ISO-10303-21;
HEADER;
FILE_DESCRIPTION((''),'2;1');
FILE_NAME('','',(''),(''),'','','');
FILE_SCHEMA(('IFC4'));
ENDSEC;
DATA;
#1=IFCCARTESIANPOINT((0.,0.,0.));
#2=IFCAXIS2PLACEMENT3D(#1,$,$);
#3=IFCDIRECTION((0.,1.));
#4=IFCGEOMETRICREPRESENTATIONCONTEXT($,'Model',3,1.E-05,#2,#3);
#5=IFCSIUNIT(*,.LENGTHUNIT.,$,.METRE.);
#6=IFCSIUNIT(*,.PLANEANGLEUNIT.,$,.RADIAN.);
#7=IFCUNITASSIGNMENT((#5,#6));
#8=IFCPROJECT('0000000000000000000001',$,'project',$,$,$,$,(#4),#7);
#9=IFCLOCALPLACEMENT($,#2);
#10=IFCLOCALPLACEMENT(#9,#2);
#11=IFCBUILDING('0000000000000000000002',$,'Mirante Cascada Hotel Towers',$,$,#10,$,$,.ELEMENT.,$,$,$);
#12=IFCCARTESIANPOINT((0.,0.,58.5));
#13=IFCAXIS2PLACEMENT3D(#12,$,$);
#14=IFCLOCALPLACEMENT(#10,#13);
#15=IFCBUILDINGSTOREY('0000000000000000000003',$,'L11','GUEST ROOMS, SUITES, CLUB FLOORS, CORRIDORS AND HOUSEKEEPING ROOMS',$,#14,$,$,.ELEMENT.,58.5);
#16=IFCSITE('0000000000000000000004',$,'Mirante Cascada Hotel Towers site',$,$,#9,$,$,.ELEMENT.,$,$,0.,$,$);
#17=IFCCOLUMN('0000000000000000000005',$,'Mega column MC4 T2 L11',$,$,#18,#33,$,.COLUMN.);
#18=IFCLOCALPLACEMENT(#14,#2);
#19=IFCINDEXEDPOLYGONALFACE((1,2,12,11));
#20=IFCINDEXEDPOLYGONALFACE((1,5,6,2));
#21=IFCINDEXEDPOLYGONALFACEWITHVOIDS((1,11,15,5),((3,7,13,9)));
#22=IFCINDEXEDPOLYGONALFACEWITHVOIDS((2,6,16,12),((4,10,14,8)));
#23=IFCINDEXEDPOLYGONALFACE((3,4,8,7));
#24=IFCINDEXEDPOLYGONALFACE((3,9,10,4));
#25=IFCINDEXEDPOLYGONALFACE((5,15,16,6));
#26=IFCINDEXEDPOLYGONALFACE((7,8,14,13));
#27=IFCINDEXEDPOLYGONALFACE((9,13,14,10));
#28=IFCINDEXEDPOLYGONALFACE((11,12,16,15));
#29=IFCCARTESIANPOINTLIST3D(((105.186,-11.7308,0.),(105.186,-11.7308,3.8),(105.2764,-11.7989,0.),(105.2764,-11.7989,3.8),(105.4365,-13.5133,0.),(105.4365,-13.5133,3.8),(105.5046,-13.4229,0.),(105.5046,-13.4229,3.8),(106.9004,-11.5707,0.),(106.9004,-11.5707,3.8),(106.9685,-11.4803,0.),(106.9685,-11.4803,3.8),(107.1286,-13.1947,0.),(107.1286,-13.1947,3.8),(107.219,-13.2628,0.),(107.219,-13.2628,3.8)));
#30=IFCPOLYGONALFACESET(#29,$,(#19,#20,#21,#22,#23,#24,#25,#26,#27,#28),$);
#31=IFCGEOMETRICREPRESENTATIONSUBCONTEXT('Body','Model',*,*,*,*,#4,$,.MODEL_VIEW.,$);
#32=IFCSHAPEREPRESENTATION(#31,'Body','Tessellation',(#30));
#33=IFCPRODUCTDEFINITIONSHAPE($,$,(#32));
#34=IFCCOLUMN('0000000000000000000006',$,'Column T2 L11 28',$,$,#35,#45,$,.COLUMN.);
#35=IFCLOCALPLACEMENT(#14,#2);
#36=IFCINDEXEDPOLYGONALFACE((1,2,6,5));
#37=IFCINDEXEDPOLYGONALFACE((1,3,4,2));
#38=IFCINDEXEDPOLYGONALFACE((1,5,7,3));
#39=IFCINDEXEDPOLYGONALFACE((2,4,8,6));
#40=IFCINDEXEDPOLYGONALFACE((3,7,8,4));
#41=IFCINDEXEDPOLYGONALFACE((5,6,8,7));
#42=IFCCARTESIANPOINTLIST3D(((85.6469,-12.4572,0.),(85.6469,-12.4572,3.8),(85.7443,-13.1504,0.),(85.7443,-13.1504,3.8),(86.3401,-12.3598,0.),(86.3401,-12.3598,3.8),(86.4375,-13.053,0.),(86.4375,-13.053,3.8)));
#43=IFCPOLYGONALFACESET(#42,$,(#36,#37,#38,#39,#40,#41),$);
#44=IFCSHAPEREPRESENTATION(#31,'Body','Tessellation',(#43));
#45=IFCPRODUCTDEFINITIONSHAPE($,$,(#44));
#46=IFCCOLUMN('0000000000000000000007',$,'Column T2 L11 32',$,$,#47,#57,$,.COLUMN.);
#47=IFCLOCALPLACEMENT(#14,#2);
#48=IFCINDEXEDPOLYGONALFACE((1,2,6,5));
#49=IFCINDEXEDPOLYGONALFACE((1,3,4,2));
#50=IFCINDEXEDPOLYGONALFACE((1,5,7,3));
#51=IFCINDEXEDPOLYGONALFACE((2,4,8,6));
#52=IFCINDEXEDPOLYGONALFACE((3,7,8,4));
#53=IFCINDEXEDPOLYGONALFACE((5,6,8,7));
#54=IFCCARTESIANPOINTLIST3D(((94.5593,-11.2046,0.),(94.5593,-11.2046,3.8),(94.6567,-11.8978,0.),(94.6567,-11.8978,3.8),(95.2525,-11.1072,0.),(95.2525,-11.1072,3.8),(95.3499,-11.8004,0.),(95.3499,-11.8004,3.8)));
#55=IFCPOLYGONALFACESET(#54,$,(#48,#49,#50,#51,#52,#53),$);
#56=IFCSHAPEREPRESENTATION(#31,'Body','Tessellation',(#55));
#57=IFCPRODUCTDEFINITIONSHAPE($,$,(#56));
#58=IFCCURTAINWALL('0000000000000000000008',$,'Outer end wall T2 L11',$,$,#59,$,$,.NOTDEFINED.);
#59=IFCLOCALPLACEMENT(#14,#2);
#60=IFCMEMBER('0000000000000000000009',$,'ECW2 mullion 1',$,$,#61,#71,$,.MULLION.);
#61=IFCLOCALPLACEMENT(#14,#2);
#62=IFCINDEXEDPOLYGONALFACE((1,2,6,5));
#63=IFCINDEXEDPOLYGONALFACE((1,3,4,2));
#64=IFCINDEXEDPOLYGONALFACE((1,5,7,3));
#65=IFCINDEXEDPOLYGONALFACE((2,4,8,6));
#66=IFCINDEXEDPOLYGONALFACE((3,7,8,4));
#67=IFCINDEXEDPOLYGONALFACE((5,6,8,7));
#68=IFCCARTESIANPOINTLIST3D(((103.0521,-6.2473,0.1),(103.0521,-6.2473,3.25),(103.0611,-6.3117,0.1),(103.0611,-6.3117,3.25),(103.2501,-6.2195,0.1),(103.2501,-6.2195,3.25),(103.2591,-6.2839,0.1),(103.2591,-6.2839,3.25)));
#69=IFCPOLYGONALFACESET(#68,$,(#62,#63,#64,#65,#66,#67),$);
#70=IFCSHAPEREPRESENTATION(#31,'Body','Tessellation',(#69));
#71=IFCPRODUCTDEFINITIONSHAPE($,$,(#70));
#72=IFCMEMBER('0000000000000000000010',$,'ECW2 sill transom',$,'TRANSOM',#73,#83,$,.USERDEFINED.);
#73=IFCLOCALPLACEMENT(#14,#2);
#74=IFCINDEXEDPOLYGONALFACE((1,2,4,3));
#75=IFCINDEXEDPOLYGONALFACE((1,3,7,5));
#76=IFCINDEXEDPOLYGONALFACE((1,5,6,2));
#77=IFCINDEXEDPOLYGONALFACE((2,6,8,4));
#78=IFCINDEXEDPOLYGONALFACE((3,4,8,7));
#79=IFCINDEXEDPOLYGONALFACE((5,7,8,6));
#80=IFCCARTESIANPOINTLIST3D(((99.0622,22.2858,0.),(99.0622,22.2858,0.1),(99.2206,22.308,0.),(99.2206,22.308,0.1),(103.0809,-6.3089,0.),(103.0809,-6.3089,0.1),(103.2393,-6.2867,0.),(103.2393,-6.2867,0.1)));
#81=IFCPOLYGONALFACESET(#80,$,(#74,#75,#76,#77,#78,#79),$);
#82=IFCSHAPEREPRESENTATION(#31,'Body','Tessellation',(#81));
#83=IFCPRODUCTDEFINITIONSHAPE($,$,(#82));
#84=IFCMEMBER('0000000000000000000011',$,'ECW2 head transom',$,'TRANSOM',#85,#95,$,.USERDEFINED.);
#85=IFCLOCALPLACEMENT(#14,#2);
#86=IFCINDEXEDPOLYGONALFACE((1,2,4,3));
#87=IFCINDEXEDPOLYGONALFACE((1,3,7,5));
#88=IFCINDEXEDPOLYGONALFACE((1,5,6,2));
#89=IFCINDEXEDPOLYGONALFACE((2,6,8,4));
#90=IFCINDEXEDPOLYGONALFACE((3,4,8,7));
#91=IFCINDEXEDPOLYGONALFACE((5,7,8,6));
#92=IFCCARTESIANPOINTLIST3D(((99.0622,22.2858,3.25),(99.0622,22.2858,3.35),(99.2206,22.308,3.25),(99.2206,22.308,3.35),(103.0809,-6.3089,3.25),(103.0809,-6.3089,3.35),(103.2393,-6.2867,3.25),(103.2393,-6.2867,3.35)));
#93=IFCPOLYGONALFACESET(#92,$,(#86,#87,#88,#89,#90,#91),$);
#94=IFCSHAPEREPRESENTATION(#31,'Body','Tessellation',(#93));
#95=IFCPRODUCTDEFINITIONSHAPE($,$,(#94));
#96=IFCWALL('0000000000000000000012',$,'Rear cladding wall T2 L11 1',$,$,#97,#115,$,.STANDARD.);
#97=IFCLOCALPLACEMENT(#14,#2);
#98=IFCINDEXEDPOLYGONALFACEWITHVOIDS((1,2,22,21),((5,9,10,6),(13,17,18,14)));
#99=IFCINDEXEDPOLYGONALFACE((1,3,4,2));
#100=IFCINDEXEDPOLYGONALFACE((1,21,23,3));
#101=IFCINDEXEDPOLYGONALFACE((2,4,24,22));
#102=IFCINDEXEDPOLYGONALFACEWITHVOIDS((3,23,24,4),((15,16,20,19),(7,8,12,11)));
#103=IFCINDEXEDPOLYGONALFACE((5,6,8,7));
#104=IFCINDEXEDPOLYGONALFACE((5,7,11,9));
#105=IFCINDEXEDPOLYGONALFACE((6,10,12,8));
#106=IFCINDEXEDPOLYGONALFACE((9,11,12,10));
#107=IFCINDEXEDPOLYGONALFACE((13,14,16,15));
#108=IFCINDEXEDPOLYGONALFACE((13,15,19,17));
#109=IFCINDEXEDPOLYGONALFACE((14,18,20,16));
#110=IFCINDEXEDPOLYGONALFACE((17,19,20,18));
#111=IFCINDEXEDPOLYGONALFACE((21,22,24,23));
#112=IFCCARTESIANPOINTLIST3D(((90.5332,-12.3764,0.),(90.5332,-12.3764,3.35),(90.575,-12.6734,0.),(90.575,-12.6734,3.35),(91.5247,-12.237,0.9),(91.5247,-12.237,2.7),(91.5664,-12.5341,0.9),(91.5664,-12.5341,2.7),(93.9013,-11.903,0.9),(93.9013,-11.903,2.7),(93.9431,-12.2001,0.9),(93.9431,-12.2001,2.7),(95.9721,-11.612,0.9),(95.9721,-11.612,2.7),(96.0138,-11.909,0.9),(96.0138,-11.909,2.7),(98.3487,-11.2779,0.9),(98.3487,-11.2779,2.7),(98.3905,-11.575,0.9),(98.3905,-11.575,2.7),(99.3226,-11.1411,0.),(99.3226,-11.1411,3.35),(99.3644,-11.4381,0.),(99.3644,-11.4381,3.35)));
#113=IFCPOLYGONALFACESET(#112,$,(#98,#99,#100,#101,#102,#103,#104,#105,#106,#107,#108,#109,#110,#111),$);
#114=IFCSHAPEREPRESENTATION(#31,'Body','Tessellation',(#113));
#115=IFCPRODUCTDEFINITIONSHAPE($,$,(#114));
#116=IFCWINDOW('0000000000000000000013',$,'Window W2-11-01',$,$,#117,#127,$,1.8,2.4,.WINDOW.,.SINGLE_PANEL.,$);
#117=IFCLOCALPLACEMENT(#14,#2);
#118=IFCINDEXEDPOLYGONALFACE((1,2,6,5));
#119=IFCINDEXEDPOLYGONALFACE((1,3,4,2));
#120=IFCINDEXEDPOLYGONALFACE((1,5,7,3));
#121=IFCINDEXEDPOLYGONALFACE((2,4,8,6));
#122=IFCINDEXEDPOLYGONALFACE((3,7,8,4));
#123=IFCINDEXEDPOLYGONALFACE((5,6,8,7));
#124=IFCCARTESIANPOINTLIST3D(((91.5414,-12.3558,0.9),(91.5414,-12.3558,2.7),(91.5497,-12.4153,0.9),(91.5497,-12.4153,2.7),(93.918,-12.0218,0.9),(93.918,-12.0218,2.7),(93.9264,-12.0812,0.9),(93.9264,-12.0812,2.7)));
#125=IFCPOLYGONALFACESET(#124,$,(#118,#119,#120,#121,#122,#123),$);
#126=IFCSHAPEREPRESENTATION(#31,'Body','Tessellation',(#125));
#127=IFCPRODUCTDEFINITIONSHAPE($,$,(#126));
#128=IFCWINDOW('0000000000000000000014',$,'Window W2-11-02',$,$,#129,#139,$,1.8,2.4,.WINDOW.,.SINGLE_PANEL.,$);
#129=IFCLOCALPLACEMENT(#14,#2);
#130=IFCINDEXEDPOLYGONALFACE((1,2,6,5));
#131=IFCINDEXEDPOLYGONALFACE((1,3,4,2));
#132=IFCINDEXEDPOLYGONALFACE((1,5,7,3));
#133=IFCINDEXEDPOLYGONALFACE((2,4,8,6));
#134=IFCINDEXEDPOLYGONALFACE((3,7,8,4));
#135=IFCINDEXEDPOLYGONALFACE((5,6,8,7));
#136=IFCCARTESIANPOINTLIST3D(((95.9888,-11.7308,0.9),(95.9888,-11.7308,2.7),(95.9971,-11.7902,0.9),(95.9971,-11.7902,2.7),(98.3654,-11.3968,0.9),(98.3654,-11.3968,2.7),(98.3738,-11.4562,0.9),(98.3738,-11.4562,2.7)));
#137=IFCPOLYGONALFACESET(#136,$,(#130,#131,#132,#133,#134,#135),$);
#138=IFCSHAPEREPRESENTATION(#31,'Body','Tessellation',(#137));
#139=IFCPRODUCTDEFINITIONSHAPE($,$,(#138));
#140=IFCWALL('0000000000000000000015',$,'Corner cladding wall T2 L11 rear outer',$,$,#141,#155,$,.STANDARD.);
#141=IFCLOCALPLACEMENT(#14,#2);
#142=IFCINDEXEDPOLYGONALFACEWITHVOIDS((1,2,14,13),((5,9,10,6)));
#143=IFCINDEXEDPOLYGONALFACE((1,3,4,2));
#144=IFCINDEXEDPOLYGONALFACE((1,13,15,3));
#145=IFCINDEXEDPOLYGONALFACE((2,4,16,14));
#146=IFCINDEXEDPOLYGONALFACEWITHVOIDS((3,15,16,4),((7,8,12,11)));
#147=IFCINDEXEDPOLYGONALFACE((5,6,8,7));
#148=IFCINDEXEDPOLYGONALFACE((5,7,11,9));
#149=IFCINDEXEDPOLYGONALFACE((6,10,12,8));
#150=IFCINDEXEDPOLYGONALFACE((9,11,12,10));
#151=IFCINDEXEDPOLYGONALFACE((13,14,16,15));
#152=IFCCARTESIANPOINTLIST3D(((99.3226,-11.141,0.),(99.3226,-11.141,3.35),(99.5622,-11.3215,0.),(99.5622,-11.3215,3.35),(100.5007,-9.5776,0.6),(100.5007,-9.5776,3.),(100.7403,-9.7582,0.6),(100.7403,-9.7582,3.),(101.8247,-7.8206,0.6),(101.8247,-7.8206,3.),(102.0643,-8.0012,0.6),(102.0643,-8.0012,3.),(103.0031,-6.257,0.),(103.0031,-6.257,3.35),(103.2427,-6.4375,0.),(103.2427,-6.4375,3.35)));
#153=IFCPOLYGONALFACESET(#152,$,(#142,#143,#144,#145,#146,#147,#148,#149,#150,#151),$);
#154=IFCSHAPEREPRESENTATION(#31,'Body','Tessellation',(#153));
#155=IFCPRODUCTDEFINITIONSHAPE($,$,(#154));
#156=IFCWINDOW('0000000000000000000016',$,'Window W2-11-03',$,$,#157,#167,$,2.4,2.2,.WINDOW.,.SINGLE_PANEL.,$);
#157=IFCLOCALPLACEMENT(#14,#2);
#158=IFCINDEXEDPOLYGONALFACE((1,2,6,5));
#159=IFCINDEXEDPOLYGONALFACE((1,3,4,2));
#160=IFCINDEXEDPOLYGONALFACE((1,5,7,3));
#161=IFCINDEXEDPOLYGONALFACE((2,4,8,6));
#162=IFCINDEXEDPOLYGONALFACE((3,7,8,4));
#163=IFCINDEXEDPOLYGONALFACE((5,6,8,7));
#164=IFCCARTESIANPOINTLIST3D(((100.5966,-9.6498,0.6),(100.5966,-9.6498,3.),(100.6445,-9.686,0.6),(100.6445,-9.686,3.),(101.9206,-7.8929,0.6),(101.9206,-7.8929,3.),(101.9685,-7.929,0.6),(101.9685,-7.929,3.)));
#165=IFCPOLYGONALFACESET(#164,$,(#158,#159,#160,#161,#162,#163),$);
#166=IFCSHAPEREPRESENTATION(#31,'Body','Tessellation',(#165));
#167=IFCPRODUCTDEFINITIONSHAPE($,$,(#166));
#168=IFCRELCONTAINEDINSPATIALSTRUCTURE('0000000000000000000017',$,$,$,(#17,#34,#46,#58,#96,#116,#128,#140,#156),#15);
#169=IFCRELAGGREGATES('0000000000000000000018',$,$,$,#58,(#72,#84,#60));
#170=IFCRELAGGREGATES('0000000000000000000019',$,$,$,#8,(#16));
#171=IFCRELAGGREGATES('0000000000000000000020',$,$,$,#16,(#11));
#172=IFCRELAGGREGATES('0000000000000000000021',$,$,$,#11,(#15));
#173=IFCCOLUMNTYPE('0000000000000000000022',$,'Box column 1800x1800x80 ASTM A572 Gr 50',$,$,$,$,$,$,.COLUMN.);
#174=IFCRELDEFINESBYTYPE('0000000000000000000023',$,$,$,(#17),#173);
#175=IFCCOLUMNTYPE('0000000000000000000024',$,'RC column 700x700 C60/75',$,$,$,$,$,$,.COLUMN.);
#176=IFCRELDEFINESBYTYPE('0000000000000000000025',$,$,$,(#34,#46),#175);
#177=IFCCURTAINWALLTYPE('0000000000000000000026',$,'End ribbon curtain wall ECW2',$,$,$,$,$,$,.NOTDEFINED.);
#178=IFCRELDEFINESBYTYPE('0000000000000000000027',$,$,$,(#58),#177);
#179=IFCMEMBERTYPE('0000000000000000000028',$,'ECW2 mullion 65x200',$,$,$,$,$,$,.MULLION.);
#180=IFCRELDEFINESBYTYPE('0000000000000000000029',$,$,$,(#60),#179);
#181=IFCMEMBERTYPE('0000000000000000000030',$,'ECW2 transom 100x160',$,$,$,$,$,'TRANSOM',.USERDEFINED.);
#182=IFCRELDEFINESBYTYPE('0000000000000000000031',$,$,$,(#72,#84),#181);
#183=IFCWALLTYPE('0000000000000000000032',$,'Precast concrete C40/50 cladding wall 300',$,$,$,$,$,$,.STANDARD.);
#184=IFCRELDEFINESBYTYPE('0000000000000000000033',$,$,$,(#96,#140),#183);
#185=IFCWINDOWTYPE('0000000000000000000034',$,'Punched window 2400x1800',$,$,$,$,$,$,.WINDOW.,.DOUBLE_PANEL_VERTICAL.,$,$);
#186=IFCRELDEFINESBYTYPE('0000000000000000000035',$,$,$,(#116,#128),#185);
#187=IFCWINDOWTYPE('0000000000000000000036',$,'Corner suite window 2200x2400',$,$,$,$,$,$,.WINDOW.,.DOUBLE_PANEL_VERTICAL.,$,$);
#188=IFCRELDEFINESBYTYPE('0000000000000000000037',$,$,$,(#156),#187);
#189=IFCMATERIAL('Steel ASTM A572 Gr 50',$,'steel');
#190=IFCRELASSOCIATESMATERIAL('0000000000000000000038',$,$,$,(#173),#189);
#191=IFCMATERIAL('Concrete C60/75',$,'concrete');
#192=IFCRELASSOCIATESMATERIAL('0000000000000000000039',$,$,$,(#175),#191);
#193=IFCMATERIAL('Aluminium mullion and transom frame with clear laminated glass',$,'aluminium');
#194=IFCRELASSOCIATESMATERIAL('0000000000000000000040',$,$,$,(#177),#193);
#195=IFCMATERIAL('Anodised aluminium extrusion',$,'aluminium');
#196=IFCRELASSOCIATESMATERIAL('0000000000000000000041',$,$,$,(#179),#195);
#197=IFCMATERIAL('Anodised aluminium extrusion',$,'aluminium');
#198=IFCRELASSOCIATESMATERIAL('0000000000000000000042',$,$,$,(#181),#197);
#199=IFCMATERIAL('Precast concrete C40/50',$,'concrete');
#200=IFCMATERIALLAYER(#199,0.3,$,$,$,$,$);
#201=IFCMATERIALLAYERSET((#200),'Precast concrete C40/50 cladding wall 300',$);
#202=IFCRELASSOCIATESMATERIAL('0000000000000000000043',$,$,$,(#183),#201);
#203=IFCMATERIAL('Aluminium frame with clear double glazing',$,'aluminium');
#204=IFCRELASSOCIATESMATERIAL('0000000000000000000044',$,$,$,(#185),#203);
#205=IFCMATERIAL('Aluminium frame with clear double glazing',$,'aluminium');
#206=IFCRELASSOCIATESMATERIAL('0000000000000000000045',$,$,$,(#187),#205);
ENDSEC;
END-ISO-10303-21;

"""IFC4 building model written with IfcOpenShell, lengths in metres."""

from ifc_helpers import new_model, si_unit, direction, frame, frame_2d, origin, origin_2d, place, context, subcontext, project, spatial, rectangle, hollow_rectangle, extrude, material, layer, layer_set, material_profile, profile_set, type_object, element, fill, aggregate, save


model = new_model("IFC4")

# Units and contexts
model_context = context("Model", 3, precision=1e-05, world=origin(), true_north=direction((0.0, 1.0)))
body_context = subcontext(model_context, "Body", "Model", "MODEL_VIEW")
ifc_project = project(units=[si_unit("LENGTHUNIT", "METRE"), si_unit("PLANEANGLEUNIT", "RADIAN")], contexts=[model_context])

# Site, building, storey
site_placement = place(None, origin())
site = spatial("IfcSite", under=ifc_project, at=site_placement, Name="Mirante Cascada Hotel Towers site", CompositionType="ELEMENT", RefElevation=0.0)
building_placement = place(site_placement, origin())
building = spatial("IfcBuilding", under=site, at=building_placement, Name="Mirante Cascada Hotel Towers", CompositionType="ELEMENT")
storey_placement = place(building_placement, frame((0.0, 0.0, 58.5)))
storey = spatial("IfcBuildingStorey", under=building, at=storey_placement, Name="L11", Description="GUEST ROOMS, SUITES, CLUB FLOORS, CORRIDORS AND HOUSEKEEPING ROOMS", CompositionType="ELEMENT", Elevation=58.5)

# Columns
ifc_material_1 = material(Name="Steel ASTM A572 Gr 50", Category="steel")
ifc_material_profile_1 = material_profile(ifc_material_1, hollow_rectangle(XDim=1.8, YDim=1.8, WallThickness=0.08, at=origin_2d()), Name="Box column 1800x1800x80 ASTM A572 Gr 50")
ifc_profile_set_1 = profile_set([ifc_material_profile_1], Name="Steel ASTM A572 Gr 50")
column_type_1 = type_object("IfcColumnType", Name="Box column 1800x1800x80 ASTM A572 Gr 50", PredefinedType="COLUMN", material=ifc_profile_set_1)
column_placement = place(storey_placement, frame((106.2025, -12.4968, 0.0), z_axis=(0.0, 0.0, 1.0), x_axis=(0.990268, 0.139173, 0.0)))
element("IfcColumn", 1, at=column_placement, inside=storey, type_object=column_type_1, Name="Mega column MC4 T2 L11", PredefinedType="COLUMN", context=body_context, shape_type="SweptSolid", body=[
    extrude(hollow_rectangle(XDim=1.8, YDim=1.8, WallThickness=0.08, at=origin_2d()), origin(), (0.0, 0.0, 1.0), 3.8),
])
ifc_material_2 = material(Name="Concrete C60/75", Category="concrete")
ifc_material_profile_2 = material_profile(ifc_material_2, rectangle(XDim=0.7, YDim=0.7, at=origin_2d()), Name="RC column 700x700 C60/75")
ifc_profile_set_2 = profile_set([ifc_material_profile_2], Name="Concrete C60/75")
column_type_2 = type_object("IfcColumnType", Name="RC column 700x700 C60/75", PredefinedType="COLUMN", material=ifc_profile_set_2)
for number, where, z_axis, x_axis, name in (
    (2, (86.0422, -12.7551, 0.0), (0.0, 0.0, 1.0), (0.990268, 0.139173, 0.0), "Column T2 L11 28"),
    (3, (94.9546, -11.5025, 0.0), (0.0, 0.0, 1.0), (0.990268, 0.139173, 0.0), "Column T2 L11 32"),
):
    element("IfcColumn", number, at=place(storey_placement, frame(where, z_axis=z_axis, x_axis=x_axis)), inside=storey, type_object=column_type_2, Name=name, PredefinedType="COLUMN", context=body_context, shape_type="SweptSolid", body=[
        extrude(rectangle(XDim=0.7, YDim=0.7, at=origin_2d()), origin(), (0.0, 0.0, 1.0), 3.8),
    ])

# Curtain wall, members
ifc_material_3 = material(Name="Aluminium mullion and transom frame with clear laminated glass", Category="aluminium")
curtain_wall_type = type_object("IfcCurtainWallType", Name="End ribbon curtain wall ECW2", PredefinedType="NOTDEFINED", material=ifc_material_3)
curtain_wall_placement = place(storey_placement, origin())
curtain_wall = element("IfcCurtainWall", 4, at=curtain_wall_placement, inside=storey, type_object=curtain_wall_type, Name="Outer end wall T2 L11", PredefinedType="NOTDEFINED")
ifc_material_4 = material(Name="Anodised aluminium extrusion", Category="aluminium")
ifc_material_profile_3 = material_profile(ifc_material_4, rectangle(XDim=0.2, YDim=0.065, at=origin_2d()), Name="ECW2 MULLION 65x200")
ifc_profile_set_3 = profile_set([ifc_material_profile_3], Name="Anodised aluminium extrusion")
member_type_1 = type_object("IfcMemberType", Name="ECW2 mullion 65x200", PredefinedType="MULLION", material=ifc_profile_set_3)
member_1_placement = place(storey_placement, frame((103.1556, -6.2656, 0.1), z_axis=(0.0, 0.0, 1.0), x_axis=(-0.990268, -0.139173, 0.0)))
member_1 = element("IfcMember", 5, at=member_1_placement, type_object=member_type_1, Name="ECW2 mullion 1", PredefinedType="MULLION", context=body_context, shape_type="SweptSolid", body=[
    extrude(rectangle(XDim=0.2, YDim=0.065, at=origin_2d()), origin(), (0.0, 0.0, 1.0), 3.15),
])
ifc_material_5 = material(Name="Anodised aluminium extrusion", Category="aluminium")
ifc_material_profile_4 = material_profile(ifc_material_5, rectangle(XDim=0.16, YDim=0.1, at=origin_2d()), Name="ECW2 TRANSOM 100x160")
ifc_profile_set_4 = profile_set([ifc_material_profile_4], Name="Anodised aluminium extrusion")
member_type_2 = type_object("IfcMemberType", Name="ECW2 transom 100x160", ElementType="TRANSOM", PredefinedType="USERDEFINED", material=ifc_profile_set_4)
member_2_placement = place(storey_placement, frame((103.1601, -6.2978, 0.05), z_axis=(-0.139172, 0.990268, 0.0), x_axis=(-0.990268, -0.139172, 0.0)))
member_2 = element("IfcMember", 6, at=member_2_placement, type_object=member_type_2, Name="ECW2 sill transom", ObjectType="TRANSOM", PredefinedType="USERDEFINED", context=body_context, shape_type="SweptSolid", body=[
    extrude(rectangle(XDim=0.16, YDim=0.1, at=origin_2d()), origin(), (0.0, 0.0, 1.0), 28.8757),
])
member_3_placement = place(storey_placement, frame((103.1601, -6.2978, 3.3), z_axis=(-0.139172, 0.990268, 0.0), x_axis=(-0.990268, -0.139172, 0.0)))
member_3 = element("IfcMember", 7, at=member_3_placement, type_object=member_type_2, Name="ECW2 head transom", ObjectType="TRANSOM", PredefinedType="USERDEFINED", context=body_context, shape_type="SweptSolid", body=[
    extrude(rectangle(XDim=0.16, YDim=0.1, at=origin_2d()), origin(), (0.0, 0.0, 1.0), 28.8757),
])
aggregate(curtain_wall, [member_2, member_3, member_1])

# Wall, openings, windows
ifc_material_6 = material(Name="Precast concrete C40/50", Category="concrete")
ifc_layer_1 = layer(ifc_material_6, 0.3)
ifc_layer_set_1 = layer_set([ifc_layer_1], Name="Precast concrete C40/50 cladding wall 300")
wall_type_1 = type_object("IfcWallType", Name="Precast concrete C40/50 cladding wall 300", PredefinedType="STANDARD", material=ifc_layer_set_1)
wall_1_placement = place(storey_placement, frame((90.5541, -12.5249, 0.0), z_axis=(0.0, 0.0, 1.0), x_axis=(0.990268, 0.139177, 0.0)))
wall_1 = element("IfcWall", 8, at=wall_1_placement, inside=storey, type_object=wall_type_1, Name="Rear cladding wall T2 L11 1", PredefinedType="STANDARD", context=body_context, shape_type="SweptSolid", body=[
    extrude(rectangle(XDim=8.8758, YDim=0.3, at=frame_2d((4.4379, 0.0))), origin(), (0.0, 0.0, 1.0), 3.35),
])
opening_1_placement = place(wall_1_placement, frame((1.0012, 0.0, 0.9)))
opening_1 = element("IfcOpeningElement", 9, at=opening_1_placement, cuts=wall_1, PredefinedType="OPENING", context=body_context, shape_type="SweptSolid", body=[
    extrude(rectangle(XDim=2.4, YDim=1.8, at=frame_2d((1.2, 0.9))), frame((0.0, 0.15, 0.0), z_axis=(0.0, -1.0, 0.0), x_axis=(1.0, 0.0, 0.0)), (0.0, 0.0, 1.0), 0.3),
])
opening_2_placement = place(wall_1_placement, frame((5.4923, 0.0, 0.9)))
opening_2 = element("IfcOpeningElement", 10, at=opening_2_placement, cuts=wall_1, PredefinedType="OPENING", context=body_context, shape_type="SweptSolid", body=[
    extrude(rectangle(XDim=2.4, YDim=1.8, at=frame_2d((1.2, 0.9))), frame((0.0, 0.15, 0.0), z_axis=(0.0, -1.0, 0.0), x_axis=(1.0, 0.0, 0.0)), (0.0, 0.0, 1.0), 0.3),
])
ifc_material_7 = material(Name="Aluminium frame with clear double glazing", Category="aluminium")
window_type_1 = type_object("IfcWindowType", Name="Punched window 2400x1800", PartitioningType="DOUBLE_PANEL_VERTICAL", PredefinedType="WINDOW", material=ifc_material_7)
window_1_placement = place(opening_1_placement, origin())
window_1 = element("IfcWindow", 11, at=window_1_placement, inside=storey, type_object=window_type_1, Name="Window W2-11-01", OverallHeight=1.8, OverallWidth=2.4, PartitioningType="SINGLE_PANEL", PredefinedType="WINDOW", context=body_context, shape_type="SweptSolid", body=[
    extrude(rectangle(XDim=2.4, YDim=1.8, at=frame_2d((1.2, 0.9))), frame((0.0, 0.03, 0.0), z_axis=(0.0, -1.0, 0.0), x_axis=(1.0, 0.0, 0.0)), (0.0, 0.0, 1.0), 0.06),
])
fill(opening_1, window_1)
window_2_placement = place(opening_2_placement, origin())
window_2 = element("IfcWindow", 12, at=window_2_placement, inside=storey, type_object=window_type_1, Name="Window W2-11-02", OverallHeight=1.8, OverallWidth=2.4, PartitioningType="SINGLE_PANEL", PredefinedType="WINDOW", context=body_context, shape_type="SweptSolid", body=[
    extrude(rectangle(XDim=2.4, YDim=1.8, at=frame_2d((1.2, 0.9))), frame((0.0, 0.03, 0.0), z_axis=(0.0, -1.0, 0.0), x_axis=(1.0, 0.0, 0.0)), (0.0, 0.0, 1.0), 0.06),
])
fill(opening_2, window_2)

# Wall, opening, window
wall_2_placement = place(storey_placement, frame((99.4424, -11.2313, 0.0), z_axis=(0.0, 0.0, 1.0), x_axis=(0.601819, 0.798632, 0.0)))
wall_2 = element("IfcWall", 13, at=wall_2_placement, inside=storey, type_object=wall_type_1, Name="Corner cladding wall T2 L11 rear outer", PredefinedType="STANDARD", context=body_context, shape_type="SweptSolid", body=[
    extrude(rectangle(XDim=6.1155, YDim=0.3, at=frame_2d((3.0578, 0.0))), origin(), (0.0, 0.0, 1.0), 3.35),
])
opening_3_placement = place(wall_2_placement, frame((1.9576, 0.0, 0.6)))
opening_3 = element("IfcOpeningElement", 14, at=opening_3_placement, cuts=wall_2, PredefinedType="OPENING", context=body_context, shape_type="SweptSolid", body=[
    extrude(rectangle(XDim=2.2, YDim=2.4, at=frame_2d((1.1, 1.2))), frame((0.0, 0.15, 0.0), z_axis=(0.0, -1.0, 0.0), x_axis=(1.0, 0.0, 0.0)), (0.0, 0.0, 1.0), 0.3),
])
ifc_material_8 = material(Name="Aluminium frame with clear double glazing", Category="aluminium")
window_type_2 = type_object("IfcWindowType", Name="Corner suite window 2200x2400", PartitioningType="DOUBLE_PANEL_VERTICAL", PredefinedType="WINDOW", material=ifc_material_8)
window_3_placement = place(opening_3_placement, origin())
window_3 = element("IfcWindow", 15, at=window_3_placement, inside=storey, type_object=window_type_2, Name="Window W2-11-03", OverallHeight=2.4, OverallWidth=2.2, PartitioningType="SINGLE_PANEL", PredefinedType="WINDOW", context=body_context, shape_type="SweptSolid", body=[
    extrude(rectangle(XDim=2.2, YDim=2.4, at=frame_2d((1.1, 1.2))), frame((0.0, 0.03, 0.0), z_axis=(0.0, -1.0, 0.0), x_axis=(1.0, 0.0, 0.0)), (0.0, 0.0, 1.0), 0.06),
])
fill(opening_3, window_3)

save(model, "model.ifc")
